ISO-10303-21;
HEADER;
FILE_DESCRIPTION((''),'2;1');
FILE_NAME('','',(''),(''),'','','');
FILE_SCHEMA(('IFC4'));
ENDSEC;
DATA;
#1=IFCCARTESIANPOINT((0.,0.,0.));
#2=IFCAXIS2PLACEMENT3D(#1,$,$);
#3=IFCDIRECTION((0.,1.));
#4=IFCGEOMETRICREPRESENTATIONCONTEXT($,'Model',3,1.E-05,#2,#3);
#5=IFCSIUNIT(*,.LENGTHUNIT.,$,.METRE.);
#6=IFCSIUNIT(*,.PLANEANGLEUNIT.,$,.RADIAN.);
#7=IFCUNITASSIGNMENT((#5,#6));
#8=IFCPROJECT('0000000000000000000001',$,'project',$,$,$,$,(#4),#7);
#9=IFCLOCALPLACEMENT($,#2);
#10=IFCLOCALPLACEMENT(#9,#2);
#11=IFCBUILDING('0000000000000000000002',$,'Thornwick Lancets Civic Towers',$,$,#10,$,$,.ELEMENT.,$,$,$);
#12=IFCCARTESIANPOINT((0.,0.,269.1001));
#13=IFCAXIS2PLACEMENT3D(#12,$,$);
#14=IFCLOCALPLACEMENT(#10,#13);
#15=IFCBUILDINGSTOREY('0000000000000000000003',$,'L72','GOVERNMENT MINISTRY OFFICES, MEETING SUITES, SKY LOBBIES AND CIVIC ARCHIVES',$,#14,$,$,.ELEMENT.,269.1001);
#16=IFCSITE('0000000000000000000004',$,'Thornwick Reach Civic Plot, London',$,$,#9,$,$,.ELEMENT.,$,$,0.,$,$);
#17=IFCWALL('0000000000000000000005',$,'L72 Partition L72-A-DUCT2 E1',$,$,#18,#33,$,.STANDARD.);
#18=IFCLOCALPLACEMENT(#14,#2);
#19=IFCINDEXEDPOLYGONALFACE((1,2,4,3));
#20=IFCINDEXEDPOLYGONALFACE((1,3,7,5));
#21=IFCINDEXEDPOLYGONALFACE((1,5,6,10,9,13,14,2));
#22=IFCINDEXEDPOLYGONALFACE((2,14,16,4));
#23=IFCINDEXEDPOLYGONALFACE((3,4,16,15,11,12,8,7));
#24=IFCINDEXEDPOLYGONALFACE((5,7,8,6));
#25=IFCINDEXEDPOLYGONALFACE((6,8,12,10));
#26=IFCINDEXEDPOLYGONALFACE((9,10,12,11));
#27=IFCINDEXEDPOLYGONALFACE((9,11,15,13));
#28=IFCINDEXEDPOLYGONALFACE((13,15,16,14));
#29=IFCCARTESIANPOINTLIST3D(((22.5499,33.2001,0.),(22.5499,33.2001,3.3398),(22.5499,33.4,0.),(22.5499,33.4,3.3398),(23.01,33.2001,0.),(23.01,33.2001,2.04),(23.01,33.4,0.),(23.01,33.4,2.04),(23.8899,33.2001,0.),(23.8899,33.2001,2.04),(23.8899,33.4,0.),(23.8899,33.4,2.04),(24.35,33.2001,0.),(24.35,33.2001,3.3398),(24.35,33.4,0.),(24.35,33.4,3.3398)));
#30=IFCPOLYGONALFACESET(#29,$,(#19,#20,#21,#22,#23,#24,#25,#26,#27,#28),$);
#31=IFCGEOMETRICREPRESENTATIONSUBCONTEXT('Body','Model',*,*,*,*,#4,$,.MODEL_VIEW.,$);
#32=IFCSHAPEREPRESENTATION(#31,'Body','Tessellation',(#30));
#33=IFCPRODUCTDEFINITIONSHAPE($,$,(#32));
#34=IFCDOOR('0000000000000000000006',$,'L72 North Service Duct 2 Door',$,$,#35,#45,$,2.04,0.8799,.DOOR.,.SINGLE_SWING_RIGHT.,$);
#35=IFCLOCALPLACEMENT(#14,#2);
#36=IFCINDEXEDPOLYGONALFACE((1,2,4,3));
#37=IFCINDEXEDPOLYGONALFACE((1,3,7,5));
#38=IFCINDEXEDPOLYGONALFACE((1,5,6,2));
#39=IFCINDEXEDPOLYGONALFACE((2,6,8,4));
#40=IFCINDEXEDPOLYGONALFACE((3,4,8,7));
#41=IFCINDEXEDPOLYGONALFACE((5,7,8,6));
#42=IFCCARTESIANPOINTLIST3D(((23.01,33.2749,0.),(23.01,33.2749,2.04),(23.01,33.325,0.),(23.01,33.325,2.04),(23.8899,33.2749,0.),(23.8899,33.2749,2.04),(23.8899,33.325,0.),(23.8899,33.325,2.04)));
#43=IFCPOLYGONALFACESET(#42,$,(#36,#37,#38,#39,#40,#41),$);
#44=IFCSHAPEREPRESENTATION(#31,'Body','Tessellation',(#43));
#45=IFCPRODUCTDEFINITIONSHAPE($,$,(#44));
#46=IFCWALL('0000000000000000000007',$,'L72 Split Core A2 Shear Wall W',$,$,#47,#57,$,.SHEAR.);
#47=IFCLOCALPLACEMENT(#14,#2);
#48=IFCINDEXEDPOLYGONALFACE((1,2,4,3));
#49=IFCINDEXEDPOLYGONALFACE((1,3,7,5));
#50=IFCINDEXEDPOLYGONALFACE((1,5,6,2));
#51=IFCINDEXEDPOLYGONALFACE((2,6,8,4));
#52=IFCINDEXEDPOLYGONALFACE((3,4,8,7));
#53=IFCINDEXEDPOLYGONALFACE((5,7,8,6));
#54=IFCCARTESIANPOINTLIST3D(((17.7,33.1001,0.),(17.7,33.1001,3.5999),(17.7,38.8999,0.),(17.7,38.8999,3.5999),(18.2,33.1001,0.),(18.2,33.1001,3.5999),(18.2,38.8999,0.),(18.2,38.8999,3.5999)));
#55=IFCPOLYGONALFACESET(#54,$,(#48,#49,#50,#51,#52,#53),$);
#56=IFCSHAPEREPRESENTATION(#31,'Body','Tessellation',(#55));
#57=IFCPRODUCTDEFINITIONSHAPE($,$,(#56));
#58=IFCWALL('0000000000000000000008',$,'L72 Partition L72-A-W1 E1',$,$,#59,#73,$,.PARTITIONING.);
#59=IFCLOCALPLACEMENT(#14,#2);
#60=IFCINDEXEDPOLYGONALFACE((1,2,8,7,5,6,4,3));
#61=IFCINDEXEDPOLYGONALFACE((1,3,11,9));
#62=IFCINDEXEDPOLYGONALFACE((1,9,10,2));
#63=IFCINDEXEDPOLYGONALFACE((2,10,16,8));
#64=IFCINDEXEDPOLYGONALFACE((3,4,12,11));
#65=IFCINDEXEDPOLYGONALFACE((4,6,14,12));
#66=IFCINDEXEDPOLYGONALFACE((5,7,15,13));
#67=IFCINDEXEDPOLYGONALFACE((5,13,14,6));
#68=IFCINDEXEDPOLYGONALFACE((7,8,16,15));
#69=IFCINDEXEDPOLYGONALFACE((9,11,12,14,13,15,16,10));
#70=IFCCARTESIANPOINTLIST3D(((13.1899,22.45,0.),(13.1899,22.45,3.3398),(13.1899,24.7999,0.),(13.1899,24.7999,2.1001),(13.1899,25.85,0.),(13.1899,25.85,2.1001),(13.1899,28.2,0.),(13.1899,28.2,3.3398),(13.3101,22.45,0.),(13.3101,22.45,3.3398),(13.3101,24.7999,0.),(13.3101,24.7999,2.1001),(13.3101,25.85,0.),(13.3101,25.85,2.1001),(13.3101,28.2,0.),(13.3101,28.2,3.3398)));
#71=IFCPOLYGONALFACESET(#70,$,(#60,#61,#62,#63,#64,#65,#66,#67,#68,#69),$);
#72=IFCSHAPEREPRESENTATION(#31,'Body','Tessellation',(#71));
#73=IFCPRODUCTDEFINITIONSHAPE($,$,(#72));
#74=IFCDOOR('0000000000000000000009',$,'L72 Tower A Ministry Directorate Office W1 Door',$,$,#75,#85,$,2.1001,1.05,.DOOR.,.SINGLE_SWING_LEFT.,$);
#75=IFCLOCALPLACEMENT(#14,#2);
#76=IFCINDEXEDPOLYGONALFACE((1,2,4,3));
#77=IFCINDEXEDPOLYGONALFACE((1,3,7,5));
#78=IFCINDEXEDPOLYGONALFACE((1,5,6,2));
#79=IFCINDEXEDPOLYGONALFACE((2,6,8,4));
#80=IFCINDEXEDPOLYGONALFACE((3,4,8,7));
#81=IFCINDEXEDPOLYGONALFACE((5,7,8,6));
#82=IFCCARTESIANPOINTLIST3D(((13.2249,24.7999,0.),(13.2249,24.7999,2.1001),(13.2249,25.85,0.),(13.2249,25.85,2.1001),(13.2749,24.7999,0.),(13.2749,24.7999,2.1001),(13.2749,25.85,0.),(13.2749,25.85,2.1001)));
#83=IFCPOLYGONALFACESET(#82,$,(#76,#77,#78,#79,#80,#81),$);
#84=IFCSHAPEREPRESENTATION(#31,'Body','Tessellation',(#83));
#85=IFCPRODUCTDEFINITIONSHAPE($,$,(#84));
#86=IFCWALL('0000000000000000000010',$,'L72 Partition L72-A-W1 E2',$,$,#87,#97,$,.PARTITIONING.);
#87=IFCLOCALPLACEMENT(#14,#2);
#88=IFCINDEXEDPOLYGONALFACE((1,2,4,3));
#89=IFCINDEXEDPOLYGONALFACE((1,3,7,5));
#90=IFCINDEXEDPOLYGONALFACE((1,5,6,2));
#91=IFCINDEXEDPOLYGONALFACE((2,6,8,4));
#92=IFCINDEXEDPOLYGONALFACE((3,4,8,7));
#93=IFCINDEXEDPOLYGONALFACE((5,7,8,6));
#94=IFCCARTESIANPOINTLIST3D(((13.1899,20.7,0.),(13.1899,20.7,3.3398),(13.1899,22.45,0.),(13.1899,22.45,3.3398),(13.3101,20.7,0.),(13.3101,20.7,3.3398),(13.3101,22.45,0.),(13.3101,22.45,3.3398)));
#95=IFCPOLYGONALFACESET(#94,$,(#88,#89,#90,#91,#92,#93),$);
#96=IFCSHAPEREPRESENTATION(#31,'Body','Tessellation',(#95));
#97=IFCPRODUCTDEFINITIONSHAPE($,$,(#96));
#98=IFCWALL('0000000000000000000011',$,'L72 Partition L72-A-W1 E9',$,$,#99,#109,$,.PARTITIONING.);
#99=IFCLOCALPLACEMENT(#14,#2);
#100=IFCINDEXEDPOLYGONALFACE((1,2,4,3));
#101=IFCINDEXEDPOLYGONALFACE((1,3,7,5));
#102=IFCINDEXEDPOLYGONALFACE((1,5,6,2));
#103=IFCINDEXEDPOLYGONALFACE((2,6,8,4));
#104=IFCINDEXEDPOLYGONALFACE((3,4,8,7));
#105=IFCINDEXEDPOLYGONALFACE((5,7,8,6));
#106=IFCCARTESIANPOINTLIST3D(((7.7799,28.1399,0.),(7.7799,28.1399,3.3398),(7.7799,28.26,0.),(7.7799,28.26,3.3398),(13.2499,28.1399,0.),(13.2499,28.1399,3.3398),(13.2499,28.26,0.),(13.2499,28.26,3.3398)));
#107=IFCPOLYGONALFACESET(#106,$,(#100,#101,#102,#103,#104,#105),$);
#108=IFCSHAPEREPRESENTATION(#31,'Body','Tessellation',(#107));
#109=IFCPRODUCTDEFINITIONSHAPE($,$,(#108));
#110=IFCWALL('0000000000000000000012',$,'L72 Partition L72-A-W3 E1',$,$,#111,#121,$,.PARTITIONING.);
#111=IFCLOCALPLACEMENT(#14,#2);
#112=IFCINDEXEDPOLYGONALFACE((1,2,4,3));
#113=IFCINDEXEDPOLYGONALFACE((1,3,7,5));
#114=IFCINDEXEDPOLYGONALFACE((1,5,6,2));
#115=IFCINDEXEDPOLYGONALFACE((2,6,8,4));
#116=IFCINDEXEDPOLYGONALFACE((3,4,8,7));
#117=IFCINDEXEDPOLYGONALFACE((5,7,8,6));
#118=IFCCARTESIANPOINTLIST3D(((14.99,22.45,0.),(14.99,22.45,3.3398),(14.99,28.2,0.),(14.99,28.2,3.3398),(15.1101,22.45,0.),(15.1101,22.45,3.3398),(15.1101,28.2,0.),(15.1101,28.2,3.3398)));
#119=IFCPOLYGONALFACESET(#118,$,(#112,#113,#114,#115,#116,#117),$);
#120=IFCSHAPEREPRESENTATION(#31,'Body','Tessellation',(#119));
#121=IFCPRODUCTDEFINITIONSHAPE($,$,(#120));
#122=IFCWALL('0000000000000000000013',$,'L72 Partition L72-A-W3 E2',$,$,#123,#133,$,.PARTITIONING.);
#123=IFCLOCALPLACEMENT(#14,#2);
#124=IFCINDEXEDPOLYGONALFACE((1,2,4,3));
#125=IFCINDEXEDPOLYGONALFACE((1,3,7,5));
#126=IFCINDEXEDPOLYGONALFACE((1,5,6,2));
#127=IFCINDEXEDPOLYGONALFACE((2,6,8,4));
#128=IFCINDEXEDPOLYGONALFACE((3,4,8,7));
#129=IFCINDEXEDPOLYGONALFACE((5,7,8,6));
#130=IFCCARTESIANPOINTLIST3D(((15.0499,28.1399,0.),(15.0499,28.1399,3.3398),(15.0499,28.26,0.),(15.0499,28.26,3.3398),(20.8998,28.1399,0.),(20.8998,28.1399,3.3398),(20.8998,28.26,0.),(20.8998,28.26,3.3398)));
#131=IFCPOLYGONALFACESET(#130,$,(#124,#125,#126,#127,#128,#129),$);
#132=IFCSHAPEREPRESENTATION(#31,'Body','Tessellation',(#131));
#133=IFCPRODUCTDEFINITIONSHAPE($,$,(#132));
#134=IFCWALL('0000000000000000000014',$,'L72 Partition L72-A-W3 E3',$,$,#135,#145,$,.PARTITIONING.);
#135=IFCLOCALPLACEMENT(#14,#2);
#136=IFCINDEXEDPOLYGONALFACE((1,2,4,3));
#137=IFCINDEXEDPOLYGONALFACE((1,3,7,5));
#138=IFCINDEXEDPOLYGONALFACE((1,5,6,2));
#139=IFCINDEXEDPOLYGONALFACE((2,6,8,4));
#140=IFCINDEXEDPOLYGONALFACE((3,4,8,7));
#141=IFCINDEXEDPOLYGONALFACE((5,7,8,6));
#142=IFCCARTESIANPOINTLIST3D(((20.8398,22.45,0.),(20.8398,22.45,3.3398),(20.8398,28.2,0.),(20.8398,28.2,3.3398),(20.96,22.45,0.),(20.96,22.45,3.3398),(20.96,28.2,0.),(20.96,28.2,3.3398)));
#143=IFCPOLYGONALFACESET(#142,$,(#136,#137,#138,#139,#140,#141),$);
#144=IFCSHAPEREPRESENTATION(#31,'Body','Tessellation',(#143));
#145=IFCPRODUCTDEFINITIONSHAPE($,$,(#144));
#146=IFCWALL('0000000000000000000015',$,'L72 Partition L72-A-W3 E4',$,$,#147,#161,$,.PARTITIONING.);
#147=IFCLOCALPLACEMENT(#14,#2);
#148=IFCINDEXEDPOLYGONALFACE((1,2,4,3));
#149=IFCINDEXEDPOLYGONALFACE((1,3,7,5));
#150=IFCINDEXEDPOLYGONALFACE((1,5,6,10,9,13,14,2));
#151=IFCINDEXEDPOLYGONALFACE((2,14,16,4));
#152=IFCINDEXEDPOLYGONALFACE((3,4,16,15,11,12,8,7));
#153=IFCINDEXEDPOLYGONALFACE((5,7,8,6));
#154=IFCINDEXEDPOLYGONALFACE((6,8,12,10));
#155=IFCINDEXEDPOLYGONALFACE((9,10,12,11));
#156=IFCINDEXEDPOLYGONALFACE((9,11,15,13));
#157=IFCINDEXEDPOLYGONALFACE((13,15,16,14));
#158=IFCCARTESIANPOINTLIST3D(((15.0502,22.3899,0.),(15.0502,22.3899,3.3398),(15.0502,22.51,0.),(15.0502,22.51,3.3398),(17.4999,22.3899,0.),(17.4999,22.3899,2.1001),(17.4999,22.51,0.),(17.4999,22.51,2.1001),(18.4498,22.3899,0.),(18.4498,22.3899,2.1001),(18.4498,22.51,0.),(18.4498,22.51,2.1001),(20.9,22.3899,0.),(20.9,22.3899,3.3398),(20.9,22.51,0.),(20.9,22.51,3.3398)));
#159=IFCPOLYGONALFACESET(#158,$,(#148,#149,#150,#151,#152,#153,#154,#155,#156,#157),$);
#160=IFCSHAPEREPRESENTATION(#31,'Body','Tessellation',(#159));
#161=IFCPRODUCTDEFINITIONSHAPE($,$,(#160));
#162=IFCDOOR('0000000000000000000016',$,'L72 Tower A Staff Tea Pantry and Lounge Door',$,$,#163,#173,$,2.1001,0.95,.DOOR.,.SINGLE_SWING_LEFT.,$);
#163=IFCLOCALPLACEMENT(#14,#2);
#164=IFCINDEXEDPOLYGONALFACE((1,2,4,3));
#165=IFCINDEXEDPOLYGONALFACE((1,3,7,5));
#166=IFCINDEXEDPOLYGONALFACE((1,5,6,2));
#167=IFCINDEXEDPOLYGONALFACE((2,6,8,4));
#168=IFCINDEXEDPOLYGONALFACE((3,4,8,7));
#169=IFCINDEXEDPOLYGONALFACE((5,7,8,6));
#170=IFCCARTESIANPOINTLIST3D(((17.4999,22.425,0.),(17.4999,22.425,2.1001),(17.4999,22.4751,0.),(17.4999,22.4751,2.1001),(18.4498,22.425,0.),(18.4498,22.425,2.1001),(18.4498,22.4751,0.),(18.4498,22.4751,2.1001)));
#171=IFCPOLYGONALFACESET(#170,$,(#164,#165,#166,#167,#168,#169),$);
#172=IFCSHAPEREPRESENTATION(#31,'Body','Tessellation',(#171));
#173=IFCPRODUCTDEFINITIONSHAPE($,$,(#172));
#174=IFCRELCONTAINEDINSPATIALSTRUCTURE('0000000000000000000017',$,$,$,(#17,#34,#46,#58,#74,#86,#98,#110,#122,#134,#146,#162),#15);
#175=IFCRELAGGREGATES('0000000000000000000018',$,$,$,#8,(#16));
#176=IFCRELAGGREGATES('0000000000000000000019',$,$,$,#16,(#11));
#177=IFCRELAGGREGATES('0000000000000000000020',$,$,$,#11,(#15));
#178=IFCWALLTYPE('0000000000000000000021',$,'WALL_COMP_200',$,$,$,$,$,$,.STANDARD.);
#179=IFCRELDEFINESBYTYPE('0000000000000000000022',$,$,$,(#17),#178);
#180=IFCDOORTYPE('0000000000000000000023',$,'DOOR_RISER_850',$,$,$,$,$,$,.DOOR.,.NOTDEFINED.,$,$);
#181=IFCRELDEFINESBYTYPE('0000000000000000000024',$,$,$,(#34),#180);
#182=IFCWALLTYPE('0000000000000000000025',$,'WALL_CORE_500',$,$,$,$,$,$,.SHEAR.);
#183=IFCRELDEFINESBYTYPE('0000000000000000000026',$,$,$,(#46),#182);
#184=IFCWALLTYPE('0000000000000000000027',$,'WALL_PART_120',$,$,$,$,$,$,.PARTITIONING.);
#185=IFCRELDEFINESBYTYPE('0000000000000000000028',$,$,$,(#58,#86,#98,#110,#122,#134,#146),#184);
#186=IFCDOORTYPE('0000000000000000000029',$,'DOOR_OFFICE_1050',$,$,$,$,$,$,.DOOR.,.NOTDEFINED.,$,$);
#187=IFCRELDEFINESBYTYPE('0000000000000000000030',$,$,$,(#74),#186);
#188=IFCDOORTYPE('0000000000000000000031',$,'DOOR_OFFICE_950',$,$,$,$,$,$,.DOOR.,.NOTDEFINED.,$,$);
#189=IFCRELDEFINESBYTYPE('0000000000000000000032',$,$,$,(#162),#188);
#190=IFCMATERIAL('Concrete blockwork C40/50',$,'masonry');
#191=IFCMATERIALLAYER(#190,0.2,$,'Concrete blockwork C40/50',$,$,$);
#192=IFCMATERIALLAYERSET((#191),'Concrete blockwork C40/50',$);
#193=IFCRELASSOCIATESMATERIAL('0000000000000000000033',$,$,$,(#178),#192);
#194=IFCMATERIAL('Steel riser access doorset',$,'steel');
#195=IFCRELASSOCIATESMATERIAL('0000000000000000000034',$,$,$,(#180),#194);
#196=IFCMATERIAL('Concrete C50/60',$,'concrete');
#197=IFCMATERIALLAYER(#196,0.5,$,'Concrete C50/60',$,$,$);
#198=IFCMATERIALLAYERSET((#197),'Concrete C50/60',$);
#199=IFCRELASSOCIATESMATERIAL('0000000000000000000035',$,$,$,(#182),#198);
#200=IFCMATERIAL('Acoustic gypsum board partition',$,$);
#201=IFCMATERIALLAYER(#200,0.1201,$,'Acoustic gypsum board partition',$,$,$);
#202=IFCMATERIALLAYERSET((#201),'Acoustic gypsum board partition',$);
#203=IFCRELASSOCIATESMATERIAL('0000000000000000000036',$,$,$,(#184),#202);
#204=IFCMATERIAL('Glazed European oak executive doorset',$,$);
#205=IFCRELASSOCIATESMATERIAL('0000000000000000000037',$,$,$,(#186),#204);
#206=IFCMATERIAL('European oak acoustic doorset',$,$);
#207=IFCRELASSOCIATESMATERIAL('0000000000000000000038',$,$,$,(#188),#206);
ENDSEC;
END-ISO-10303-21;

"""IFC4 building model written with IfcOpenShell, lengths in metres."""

from ifc_helpers import new_model, si_unit, direction, frame, frame_2d, origin, place, context, subcontext, project, spatial, rectangle, extrude, material, layer, layer_set, type_object, element, fill, save


model = new_model("IFC4")

# Units and contexts
model_context = context("Model", 3, precision=1e-05, world=origin(), true_north=direction((0.0, 1.0)))
body_context = subcontext(model_context, "Body", "Model", "MODEL_VIEW")
ifc_project = project(units=[si_unit("LENGTHUNIT", "METRE"), si_unit("PLANEANGLEUNIT", "RADIAN")], contexts=[model_context])

# Site, building, storey
site_placement = place(None, origin())
site = spatial("IfcSite", under=ifc_project, at=site_placement, Name="Thornwick Reach Civic Plot, London", CompositionType="ELEMENT", RefElevation=0.0)
building_placement = place(site_placement, origin())
building = spatial("IfcBuilding", under=site, at=building_placement, Name="Thornwick Lancets Civic Towers", CompositionType="ELEMENT")
storey_placement = place(building_placement, frame((0.0, 0.0, 269.1001)))
storey = spatial("IfcBuildingStorey", under=building, at=storey_placement, Name="L72", Description="GOVERNMENT MINISTRY OFFICES, MEETING SUITES, SKY LOBBIES AND CIVIC ARCHIVES", CompositionType="ELEMENT", Elevation=269.1001)

# Shared definitions
ifc_material_1 = material(Name="Concrete C50/60", Category="concrete")

# Wall, opening, door
ifc_material_2 = material(Name="Concrete blockwork C40/50", Category="masonry")
ifc_layer_1 = layer(ifc_material_2, 0.2, Name="Concrete blockwork C40/50")
ifc_layer_set_1 = layer_set([ifc_layer_1], Name="Concrete blockwork C40/50")
wall_type_1 = type_object("IfcWallType", Name="WALL_COMP_200", PredefinedType="STANDARD", material=ifc_layer_set_1)
wall_1_placement = place(storey_placement, frame((22.55, 33.3, 0.0), z_axis=(0.0, 0.0, 1.0), x_axis=(1.0, 0.0, 0.0)))
wall_1 = element("IfcWall", 1, at=wall_1_placement, inside=storey, type_object=wall_type_1, Name="L72 Partition L72-A-DUCT2 E1", PredefinedType="STANDARD", context=body_context, shape_type="SweptSolid", body=[
    extrude(rectangle(XDim=1.8, YDim=0.2, at=frame_2d((0.8999, 0.0))), origin(), (0.0, 0.0, 1.0), 3.3398),
])
opening_1_placement = place(wall_1_placement, frame((0.46, 0.0, 0.0)))
opening_1 = element("IfcOpeningElement", 2, at=opening_1_placement, cuts=wall_1, PredefinedType="OPENING", context=body_context, shape_type="SweptSolid", body=[
    extrude(rectangle(XDim=0.8799, YDim=2.04, at=frame_2d((0.4399, 1.02))), frame((0.0, 0.1099, 0.0), z_axis=(0.0, -1.0, 0.0), x_axis=(1.0, 0.0, 0.0)), (0.0, 0.0, 1.0), 0.22),
])
ifc_material_3 = material(Name="Steel riser access doorset", Category="steel")
door_type_1 = type_object("IfcDoorType", Name="DOOR_RISER_850", OperationType="NOTDEFINED", PredefinedType="DOOR", material=ifc_material_3)
door_1_placement = place(opening_1_placement, origin())
door_1 = element("IfcDoor", 3, at=door_1_placement, inside=storey, type_object=door_type_1, Name="L72 North Service Duct 2 Door", OperationType="SINGLE_SWING_RIGHT", OverallHeight=2.04, OverallWidth=0.8799, PredefinedType="DOOR", context=body_context, shape_type="SweptSolid", body=[
    extrude(rectangle(XDim=0.8799, YDim=2.04, at=frame_2d((0.4399, 1.02))), frame((0.0, 0.0249, 0.0), z_axis=(0.0, -1.0, 0.0), x_axis=(1.0, 0.0, 0.0)), (0.0, 0.0, 1.0), 0.05),
])
fill(opening_1, door_1)

# Wall
ifc_layer_2 = layer(ifc_material_1, 0.5, Name="Concrete C50/60")
ifc_layer_set_2 = layer_set([ifc_layer_2], Name="Concrete C50/60")
wall_type_2 = type_object("IfcWallType", Name="WALL_CORE_500", PredefinedType="SHEAR", material=ifc_layer_set_2)
wall_2_placement = place(storey_placement, frame((17.95, 33.1001, 0.0), z_axis=(0.0, 0.0, 1.0), x_axis=(0.0, 1.0, 0.0)))
element("IfcWall", 4, at=wall_2_placement, inside=storey, type_object=wall_type_2, Name="L72 Split Core A2 Shear Wall W", PredefinedType="SHEAR", context=body_context, shape_type="SweptSolid", body=[
    extrude(rectangle(XDim=5.7998, YDim=0.5, at=frame_2d((2.8999, 0.0))), origin(), (0.0, 0.0, 1.0), 3.5999),
])

# Wall, opening, door
ifc_material_4 = material(Name="Acoustic gypsum board partition")
ifc_layer_3 = layer(ifc_material_4, 0.1201, Name="Acoustic gypsum board partition")
ifc_layer_set_3 = layer_set([ifc_layer_3], Name="Acoustic gypsum board partition")
wall_type_3 = type_object("IfcWallType", Name="WALL_PART_120", PredefinedType="PARTITIONING", material=ifc_layer_set_3)
wall_3_placement = place(storey_placement, frame((13.25, 28.2, 0.0), z_axis=(0.0, 0.0, 1.0), x_axis=(0.0, -1.0, 0.0)))
wall_3 = element("IfcWall", 5, at=wall_3_placement, inside=storey, type_object=wall_type_3, Name="L72 Partition L72-A-W1 E1", PredefinedType="PARTITIONING", context=body_context, shape_type="SweptSolid", body=[
    extrude(rectangle(XDim=5.75, YDim=0.1201, at=frame_2d((2.875, 0.0))), origin(), (0.0, 0.0, 1.0), 3.3398),
])
opening_2_placement = place(wall_3_placement, frame((2.3501, 0.0, 0.0)))
opening_2 = element("IfcOpeningElement", 6, at=opening_2_placement, cuts=wall_3, PredefinedType="OPENING", context=body_context, shape_type="SweptSolid", body=[
    extrude(rectangle(XDim=1.05, YDim=2.1001, at=frame_2d((0.5249, 1.05))), frame((0.0, 0.0701, 0.0), z_axis=(0.0, -1.0, 0.0), x_axis=(1.0, 0.0, 0.0)), (0.0, 0.0, 1.0), 0.1401),
])
ifc_material_5 = material(Name="Glazed European oak executive doorset")
door_type_2 = type_object("IfcDoorType", Name="DOOR_OFFICE_1050", OperationType="NOTDEFINED", PredefinedType="DOOR", material=ifc_material_5)
door_2_placement = place(opening_2_placement, origin())
door_2 = element("IfcDoor", 7, at=door_2_placement, inside=storey, type_object=door_type_2, Name="L72 Tower A Ministry Directorate Office W1 Door", OperationType="SINGLE_SWING_LEFT", OverallHeight=2.1001, OverallWidth=1.05, PredefinedType="DOOR", context=body_context, shape_type="SweptSolid", body=[
    extrude(rectangle(XDim=1.05, YDim=2.1001, at=frame_2d((0.5249, 1.05))), frame((0.0, 0.0249, 0.0), z_axis=(0.0, -1.0, 0.0), x_axis=(1.0, 0.0, 0.0)), (0.0, 0.0, 1.0), 0.05),
])
fill(opening_2, door_2)

# Walls
wall_4_placement = place(storey_placement, frame((13.25, 22.45, 0.0), z_axis=(0.0, 0.0, 1.0), x_axis=(0.0, -1.0, 0.0)))
element("IfcWall", 8, at=wall_4_placement, inside=storey, type_object=wall_type_3, Name="L72 Partition L72-A-W1 E2", PredefinedType="PARTITIONING", context=body_context, shape_type="SweptSolid", body=[
    extrude(rectangle(XDim=1.75, YDim=0.1201, at=frame_2d((0.875, 0.0))), origin(), (0.0, 0.0, 1.0), 3.3398),
])
wall_5_placement = place(storey_placement, frame((7.78, 28.2, 0.0), z_axis=(0.0, 0.0, 1.0), x_axis=(1.0, 0.0, 0.0)))
element("IfcWall", 9, at=wall_5_placement, inside=storey, type_object=wall_type_3, Name="L72 Partition L72-A-W1 E9", PredefinedType="PARTITIONING", context=body_context, shape_type="SweptSolid", body=[
    extrude(rectangle(XDim=5.47, YDim=0.1201, at=frame_2d((2.7349, 0.0))), origin(), (0.0, 0.0, 1.0), 3.3398),
])
wall_6_placement = place(storey_placement, frame((15.05, 22.45, 0.0), z_axis=(0.0, 0.0, 1.0), x_axis=(0.0, 1.0, 0.0)))
element("IfcWall", 10, at=wall_6_placement, inside=storey, type_object=wall_type_3, Name="L72 Partition L72-A-W3 E1", PredefinedType="PARTITIONING", context=body_context, shape_type="SweptSolid", body=[
    extrude(rectangle(XDim=5.75, YDim=0.1201, at=frame_2d((2.875, 0.0))), origin(), (0.0, 0.0, 1.0), 3.3398),
])
wall_7_placement = place(storey_placement, frame((15.05, 28.2, 0.0), z_axis=(0.0, 0.0, 1.0), x_axis=(1.0, 0.0, 0.0)))
element("IfcWall", 11, at=wall_7_placement, inside=storey, type_object=wall_type_3, Name="L72 Partition L72-A-W3 E2", PredefinedType="PARTITIONING", context=body_context, shape_type="SweptSolid", body=[
    extrude(rectangle(XDim=5.8499, YDim=0.1201, at=frame_2d((2.9248, 0.0))), origin(), (0.0, 0.0, 1.0), 3.3398),
])
wall_8_placement = place(storey_placement, frame((20.8999, 28.2, 0.0), z_axis=(0.0, 0.0, 1.0), x_axis=(0.0, -1.0, 0.0)))
element("IfcWall", 12, at=wall_8_placement, inside=storey, type_object=wall_type_3, Name="L72 Partition L72-A-W3 E3", PredefinedType="PARTITIONING", context=body_context, shape_type="SweptSolid", body=[
    extrude(rectangle(XDim=5.75, YDim=0.1201, at=frame_2d((2.875, 0.0))), origin(), (0.0, 0.0, 1.0), 3.3398),
])

# Wall, opening, door
wall_9_placement = place(storey_placement, frame((20.8999, 22.45, 0.0), z_axis=(0.0, 0.0, 1.0), x_axis=(-1.0, 0.0, 0.0)))
wall_9 = element("IfcWall", 13, at=wall_9_placement, inside=storey, type_object=wall_type_3, Name="L72 Partition L72-A-W3 E4", PredefinedType="PARTITIONING", context=body_context, shape_type="SweptSolid", body=[
    extrude(rectangle(XDim=5.8499, YDim=0.1201, at=frame_2d((2.9248, 0.0))), origin(), (0.0, 0.0, 1.0), 3.3398),
])
opening_3_placement = place(wall_9_placement, frame((2.45, 0.0, 0.0)))
opening_3 = element("IfcOpeningElement", 14, at=opening_3_placement, cuts=wall_9, PredefinedType="OPENING", context=body_context, shape_type="SweptSolid", body=[
    extrude(rectangle(XDim=0.95, YDim=2.1001, at=frame_2d((0.4751, 1.05))), frame((0.0, 0.0701, 0.0), z_axis=(0.0, -1.0, 0.0), x_axis=(1.0, 0.0, 0.0)), (0.0, 0.0, 1.0), 0.1401),
])
ifc_material_6 = material(Name="European oak acoustic doorset")
door_type_3 = type_object("IfcDoorType", Name="DOOR_OFFICE_950", OperationType="NOTDEFINED", PredefinedType="DOOR", material=ifc_material_6)
door_3_placement = place(opening_3_placement, origin())
door_3 = element("IfcDoor", 15, at=door_3_placement, inside=storey, type_object=door_type_3, Name="L72 Tower A Staff Tea Pantry and Lounge Door", OperationType="SINGLE_SWING_LEFT", OverallHeight=2.1001, OverallWidth=0.95, PredefinedType="DOOR", context=body_context, shape_type="SweptSolid", body=[
    extrude(rectangle(XDim=0.95, YDim=2.1001, at=frame_2d((0.4751, 1.05))), frame((0.0, 0.0249, 0.0), z_axis=(0.0, -1.0, 0.0), x_axis=(1.0, 0.0, 0.0)), (0.0, 0.0, 1.0), 0.05),
])
fill(opening_3, door_3)

save(model, "model.ifc")
